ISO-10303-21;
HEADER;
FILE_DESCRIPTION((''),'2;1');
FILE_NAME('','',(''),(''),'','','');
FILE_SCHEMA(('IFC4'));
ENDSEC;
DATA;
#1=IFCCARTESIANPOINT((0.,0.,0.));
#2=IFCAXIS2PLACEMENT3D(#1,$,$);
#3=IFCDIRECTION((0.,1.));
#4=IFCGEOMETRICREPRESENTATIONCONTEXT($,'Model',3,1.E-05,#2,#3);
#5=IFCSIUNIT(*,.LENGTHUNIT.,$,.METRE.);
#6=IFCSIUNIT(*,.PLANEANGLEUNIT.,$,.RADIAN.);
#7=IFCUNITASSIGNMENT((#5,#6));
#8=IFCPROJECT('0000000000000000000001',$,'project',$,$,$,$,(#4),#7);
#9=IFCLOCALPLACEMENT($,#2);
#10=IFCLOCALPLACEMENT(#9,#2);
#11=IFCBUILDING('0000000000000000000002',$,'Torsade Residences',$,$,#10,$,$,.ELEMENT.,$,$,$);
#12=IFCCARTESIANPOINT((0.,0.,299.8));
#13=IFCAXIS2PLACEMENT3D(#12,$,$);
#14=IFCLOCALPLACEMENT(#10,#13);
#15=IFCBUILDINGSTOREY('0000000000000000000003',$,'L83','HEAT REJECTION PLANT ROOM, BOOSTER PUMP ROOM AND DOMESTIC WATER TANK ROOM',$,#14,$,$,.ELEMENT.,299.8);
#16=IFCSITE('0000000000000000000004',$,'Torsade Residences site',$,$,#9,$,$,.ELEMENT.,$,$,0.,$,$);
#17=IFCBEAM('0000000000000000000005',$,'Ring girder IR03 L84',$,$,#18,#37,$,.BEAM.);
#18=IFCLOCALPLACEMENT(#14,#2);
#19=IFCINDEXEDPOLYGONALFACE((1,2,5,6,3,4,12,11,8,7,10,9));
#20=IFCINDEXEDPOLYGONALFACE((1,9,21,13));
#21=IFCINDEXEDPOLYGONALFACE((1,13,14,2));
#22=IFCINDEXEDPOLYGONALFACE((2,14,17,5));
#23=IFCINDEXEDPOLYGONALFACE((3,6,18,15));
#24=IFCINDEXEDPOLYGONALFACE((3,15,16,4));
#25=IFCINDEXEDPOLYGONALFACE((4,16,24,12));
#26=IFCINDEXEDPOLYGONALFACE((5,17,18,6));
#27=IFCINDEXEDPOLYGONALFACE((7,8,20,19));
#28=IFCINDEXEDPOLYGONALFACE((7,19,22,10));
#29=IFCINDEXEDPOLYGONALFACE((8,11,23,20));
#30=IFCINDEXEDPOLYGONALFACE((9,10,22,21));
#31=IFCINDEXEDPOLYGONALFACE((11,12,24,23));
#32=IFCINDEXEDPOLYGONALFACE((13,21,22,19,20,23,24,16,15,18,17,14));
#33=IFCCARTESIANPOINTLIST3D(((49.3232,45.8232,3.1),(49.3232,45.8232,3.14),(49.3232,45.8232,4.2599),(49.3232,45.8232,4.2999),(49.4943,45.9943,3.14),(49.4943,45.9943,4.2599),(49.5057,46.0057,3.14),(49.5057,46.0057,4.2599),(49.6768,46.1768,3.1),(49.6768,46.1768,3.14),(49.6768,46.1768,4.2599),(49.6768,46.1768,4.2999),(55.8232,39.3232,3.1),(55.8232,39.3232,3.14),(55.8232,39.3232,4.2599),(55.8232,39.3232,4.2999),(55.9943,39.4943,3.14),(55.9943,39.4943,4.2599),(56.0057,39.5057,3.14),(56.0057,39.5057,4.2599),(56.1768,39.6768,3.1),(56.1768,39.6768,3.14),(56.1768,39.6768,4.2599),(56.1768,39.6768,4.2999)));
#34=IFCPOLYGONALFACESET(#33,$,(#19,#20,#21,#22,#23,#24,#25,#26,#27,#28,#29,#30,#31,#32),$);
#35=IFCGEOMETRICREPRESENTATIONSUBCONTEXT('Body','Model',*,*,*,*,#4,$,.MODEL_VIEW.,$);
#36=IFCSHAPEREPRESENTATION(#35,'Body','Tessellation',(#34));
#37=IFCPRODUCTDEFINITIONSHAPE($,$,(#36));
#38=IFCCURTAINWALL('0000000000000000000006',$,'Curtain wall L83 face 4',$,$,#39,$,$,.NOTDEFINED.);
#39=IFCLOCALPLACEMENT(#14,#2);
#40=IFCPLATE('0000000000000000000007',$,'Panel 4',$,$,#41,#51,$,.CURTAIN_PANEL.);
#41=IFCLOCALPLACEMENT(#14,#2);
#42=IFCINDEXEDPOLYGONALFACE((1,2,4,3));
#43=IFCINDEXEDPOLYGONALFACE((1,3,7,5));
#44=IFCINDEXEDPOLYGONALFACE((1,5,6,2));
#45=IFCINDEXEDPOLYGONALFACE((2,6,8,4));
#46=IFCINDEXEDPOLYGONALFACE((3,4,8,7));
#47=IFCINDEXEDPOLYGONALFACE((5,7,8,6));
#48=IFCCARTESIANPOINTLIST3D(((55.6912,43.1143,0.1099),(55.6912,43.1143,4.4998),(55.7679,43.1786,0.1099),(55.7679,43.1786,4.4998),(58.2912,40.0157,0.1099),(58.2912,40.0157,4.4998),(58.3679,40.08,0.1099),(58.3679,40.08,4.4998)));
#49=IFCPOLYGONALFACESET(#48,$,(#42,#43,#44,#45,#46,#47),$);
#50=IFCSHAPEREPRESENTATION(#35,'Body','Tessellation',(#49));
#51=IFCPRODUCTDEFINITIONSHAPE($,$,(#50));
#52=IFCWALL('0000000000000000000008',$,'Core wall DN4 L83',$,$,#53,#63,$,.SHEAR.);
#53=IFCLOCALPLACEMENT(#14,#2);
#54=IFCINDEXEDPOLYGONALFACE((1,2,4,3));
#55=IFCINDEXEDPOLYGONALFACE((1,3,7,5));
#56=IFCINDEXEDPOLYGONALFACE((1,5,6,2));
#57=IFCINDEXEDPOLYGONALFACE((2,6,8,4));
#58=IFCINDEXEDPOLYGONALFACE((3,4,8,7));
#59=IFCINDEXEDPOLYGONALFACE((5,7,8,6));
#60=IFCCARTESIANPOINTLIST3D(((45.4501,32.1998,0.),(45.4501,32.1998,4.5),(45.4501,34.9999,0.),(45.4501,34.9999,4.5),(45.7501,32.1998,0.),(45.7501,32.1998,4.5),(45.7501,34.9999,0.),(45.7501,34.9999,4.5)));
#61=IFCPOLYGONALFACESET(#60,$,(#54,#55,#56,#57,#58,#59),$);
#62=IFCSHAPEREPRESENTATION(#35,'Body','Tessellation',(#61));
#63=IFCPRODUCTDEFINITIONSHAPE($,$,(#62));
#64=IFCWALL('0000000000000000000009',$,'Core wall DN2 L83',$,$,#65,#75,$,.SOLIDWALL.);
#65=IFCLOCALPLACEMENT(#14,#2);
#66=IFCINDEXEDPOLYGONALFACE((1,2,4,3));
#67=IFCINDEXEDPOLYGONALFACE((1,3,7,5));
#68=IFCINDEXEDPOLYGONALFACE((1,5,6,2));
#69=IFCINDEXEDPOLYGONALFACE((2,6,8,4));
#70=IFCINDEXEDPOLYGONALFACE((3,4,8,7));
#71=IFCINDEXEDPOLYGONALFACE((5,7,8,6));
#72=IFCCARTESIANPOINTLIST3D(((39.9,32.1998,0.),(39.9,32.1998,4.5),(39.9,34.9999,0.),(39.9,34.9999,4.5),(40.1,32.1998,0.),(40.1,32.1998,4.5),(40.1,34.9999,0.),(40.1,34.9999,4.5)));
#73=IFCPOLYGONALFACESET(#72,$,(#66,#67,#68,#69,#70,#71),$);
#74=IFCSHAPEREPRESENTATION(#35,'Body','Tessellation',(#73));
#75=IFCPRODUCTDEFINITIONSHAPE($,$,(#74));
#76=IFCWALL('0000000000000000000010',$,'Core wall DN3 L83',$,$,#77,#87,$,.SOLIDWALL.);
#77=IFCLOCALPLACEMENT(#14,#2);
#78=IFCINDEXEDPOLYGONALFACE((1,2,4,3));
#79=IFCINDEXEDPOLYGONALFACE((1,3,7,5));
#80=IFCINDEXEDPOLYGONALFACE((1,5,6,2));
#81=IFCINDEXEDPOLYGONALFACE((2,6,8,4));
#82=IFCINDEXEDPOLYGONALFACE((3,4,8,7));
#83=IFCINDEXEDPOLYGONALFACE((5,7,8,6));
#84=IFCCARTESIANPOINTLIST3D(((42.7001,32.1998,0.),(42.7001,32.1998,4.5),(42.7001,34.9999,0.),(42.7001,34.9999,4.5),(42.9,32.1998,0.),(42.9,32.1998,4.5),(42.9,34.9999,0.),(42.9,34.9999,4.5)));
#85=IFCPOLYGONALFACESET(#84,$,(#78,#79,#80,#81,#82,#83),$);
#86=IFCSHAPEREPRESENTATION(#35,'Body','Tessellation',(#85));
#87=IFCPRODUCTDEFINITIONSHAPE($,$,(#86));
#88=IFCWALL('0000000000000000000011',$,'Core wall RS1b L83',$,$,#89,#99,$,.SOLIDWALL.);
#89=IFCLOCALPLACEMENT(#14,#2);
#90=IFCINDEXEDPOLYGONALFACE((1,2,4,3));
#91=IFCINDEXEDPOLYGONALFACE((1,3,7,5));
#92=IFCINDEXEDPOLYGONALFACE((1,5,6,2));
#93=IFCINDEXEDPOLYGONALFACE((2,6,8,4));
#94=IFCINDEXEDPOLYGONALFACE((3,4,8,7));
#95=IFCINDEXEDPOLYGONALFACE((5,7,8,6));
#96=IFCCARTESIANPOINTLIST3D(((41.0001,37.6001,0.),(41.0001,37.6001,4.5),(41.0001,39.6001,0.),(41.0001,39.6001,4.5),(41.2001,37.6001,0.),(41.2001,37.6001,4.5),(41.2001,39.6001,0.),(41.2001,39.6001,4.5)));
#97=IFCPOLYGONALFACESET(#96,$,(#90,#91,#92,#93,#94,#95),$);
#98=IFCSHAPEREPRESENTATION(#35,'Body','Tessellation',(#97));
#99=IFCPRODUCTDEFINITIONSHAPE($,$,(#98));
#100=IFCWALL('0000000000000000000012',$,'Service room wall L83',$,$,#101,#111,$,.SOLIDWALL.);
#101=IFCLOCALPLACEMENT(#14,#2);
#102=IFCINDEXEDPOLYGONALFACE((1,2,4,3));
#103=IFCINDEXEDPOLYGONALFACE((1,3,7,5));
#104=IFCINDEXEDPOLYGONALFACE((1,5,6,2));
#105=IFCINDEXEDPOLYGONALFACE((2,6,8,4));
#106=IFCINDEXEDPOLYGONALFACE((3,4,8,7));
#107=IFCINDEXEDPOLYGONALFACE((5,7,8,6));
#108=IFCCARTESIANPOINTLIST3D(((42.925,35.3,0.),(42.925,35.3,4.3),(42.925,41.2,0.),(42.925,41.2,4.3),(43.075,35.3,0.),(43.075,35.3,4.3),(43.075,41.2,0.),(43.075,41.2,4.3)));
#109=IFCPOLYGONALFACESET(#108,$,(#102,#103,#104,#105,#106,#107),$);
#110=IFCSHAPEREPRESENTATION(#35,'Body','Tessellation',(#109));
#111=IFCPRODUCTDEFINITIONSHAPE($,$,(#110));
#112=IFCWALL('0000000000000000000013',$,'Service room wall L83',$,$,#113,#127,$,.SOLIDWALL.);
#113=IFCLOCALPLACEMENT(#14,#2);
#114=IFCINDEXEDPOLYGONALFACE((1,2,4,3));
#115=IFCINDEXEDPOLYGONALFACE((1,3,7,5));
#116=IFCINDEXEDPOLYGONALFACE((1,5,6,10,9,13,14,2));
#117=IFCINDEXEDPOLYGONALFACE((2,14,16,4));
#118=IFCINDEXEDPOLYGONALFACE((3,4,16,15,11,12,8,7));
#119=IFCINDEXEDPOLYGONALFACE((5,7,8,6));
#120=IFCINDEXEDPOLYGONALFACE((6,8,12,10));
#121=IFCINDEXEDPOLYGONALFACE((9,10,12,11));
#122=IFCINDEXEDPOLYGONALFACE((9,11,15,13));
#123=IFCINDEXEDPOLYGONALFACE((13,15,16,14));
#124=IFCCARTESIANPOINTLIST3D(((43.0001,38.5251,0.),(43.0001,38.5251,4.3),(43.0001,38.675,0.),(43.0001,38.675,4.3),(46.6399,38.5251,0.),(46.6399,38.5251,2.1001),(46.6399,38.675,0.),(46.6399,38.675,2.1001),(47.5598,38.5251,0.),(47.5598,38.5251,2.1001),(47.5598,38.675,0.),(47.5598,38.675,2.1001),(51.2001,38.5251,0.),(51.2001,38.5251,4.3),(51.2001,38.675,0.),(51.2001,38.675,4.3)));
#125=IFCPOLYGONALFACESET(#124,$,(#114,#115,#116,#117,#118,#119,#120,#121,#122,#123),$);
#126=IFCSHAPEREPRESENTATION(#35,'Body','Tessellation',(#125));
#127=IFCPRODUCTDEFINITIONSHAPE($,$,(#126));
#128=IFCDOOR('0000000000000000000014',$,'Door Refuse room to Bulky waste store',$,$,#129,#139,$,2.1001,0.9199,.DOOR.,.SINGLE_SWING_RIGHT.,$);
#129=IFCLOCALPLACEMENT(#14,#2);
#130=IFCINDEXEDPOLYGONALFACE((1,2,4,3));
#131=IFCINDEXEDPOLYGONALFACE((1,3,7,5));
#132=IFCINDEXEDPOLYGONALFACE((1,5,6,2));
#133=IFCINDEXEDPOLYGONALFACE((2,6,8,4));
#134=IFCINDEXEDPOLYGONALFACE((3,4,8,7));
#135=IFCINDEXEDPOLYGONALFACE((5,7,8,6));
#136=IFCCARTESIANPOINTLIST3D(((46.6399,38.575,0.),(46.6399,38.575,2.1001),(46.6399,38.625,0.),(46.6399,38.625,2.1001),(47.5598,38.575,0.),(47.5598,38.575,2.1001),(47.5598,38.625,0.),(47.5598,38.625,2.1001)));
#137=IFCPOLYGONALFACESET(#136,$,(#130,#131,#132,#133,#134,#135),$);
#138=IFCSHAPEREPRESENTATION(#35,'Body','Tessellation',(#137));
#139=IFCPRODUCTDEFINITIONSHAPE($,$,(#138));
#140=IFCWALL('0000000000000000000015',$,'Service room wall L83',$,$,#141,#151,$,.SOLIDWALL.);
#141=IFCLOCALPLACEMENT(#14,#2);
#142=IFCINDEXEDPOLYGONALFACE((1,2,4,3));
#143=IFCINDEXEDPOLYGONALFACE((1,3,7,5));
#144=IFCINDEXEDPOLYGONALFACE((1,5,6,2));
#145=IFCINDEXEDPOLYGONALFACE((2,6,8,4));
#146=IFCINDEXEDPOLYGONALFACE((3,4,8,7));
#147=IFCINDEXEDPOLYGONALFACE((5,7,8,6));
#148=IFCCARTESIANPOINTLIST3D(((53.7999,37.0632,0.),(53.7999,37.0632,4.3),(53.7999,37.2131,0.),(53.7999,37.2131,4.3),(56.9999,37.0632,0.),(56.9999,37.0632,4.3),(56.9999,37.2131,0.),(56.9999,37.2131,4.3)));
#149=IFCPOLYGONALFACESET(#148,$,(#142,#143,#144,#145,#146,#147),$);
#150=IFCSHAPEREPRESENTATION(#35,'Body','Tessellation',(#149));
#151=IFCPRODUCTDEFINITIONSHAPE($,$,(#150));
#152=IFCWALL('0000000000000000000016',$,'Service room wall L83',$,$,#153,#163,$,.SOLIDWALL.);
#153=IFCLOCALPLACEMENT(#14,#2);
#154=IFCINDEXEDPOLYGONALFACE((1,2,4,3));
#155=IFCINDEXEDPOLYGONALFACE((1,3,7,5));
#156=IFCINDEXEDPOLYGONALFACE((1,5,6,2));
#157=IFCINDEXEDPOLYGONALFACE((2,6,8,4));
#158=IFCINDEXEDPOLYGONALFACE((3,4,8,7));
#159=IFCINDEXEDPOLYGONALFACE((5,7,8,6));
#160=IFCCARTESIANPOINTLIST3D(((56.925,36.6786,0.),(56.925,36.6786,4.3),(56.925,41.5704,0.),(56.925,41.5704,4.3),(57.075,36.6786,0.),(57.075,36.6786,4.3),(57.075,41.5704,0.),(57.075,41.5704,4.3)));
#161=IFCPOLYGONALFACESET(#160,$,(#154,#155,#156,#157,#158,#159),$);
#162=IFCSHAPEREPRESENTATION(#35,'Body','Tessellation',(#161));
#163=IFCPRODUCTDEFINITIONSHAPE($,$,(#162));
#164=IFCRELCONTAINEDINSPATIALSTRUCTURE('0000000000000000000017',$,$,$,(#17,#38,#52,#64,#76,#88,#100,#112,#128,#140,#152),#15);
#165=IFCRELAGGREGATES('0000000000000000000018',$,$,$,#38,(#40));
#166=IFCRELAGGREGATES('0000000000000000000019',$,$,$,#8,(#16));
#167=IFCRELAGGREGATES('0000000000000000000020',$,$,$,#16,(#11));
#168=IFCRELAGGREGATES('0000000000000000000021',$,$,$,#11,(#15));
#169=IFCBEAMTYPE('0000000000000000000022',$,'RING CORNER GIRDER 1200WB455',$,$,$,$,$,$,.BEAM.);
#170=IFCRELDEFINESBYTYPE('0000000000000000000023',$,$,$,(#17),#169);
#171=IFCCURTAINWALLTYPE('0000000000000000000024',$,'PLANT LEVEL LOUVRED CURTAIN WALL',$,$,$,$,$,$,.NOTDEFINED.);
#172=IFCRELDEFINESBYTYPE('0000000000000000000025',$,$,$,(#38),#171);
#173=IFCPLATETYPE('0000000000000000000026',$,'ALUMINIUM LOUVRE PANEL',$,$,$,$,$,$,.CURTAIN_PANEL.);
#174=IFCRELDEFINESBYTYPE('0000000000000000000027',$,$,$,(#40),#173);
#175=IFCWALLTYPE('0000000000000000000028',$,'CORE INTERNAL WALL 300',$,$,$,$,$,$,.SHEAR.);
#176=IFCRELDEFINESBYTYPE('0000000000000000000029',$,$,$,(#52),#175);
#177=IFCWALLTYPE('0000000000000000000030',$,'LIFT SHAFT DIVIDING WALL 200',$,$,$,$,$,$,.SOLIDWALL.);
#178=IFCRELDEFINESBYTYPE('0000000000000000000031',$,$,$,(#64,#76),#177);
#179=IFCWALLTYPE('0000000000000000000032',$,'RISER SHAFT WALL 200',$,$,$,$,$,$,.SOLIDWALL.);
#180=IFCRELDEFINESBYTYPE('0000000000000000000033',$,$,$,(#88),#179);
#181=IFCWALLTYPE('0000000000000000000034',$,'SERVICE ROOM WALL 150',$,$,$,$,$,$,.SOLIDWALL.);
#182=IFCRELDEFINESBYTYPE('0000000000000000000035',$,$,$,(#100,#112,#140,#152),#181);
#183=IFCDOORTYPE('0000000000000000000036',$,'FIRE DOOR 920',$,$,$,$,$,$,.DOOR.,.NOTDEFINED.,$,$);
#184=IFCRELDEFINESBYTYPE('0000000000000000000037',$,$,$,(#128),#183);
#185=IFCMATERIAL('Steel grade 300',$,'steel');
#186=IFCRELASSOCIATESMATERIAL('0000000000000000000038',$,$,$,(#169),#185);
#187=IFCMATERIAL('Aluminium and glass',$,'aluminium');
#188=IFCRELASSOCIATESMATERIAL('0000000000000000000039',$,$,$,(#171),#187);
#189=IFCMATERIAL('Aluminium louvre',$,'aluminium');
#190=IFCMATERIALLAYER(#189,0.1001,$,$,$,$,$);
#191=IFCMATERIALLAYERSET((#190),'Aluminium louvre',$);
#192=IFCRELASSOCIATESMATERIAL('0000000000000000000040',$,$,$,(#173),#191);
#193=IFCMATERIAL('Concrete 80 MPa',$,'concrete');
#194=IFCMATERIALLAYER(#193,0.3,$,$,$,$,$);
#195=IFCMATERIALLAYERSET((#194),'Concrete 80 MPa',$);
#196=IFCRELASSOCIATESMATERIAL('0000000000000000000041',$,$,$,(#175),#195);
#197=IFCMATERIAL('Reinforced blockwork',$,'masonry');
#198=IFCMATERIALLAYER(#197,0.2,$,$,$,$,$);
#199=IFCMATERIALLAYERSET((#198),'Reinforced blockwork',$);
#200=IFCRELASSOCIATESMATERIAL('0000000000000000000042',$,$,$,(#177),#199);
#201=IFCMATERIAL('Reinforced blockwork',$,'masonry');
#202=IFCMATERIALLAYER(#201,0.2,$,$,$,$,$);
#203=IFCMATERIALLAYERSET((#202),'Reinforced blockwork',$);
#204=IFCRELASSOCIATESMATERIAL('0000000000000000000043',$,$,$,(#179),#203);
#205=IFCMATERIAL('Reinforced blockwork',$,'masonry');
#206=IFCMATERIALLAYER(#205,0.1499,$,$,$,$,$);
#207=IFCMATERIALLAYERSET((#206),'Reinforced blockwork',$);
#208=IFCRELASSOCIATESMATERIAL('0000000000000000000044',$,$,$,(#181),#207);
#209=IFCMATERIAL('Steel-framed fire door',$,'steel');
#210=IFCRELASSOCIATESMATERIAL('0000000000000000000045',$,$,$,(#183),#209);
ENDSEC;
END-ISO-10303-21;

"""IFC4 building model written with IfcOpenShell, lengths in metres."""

from ifc_helpers import new_model, si_unit, direction, frame, frame_2d, origin, origin_2d, place, context, subcontext, project, spatial, rectangle, i_section, extrude, material, layer, layer_set, material_profile, profile_set, type_object, element, fill, aggregate, save


model = new_model("IFC4")

# Units and contexts
model_context = context("Model", 3, precision=1e-05, world=origin(), true_north=direction((0.0, 1.0)))
body_context = subcontext(model_context, "Body", "Model", "MODEL_VIEW")
ifc_project = project(units=[si_unit("LENGTHUNIT", "METRE"), si_unit("PLANEANGLEUNIT", "RADIAN")], contexts=[model_context])

# Site, building, storey
site_placement = place(None, origin())
site = spatial("IfcSite", under=ifc_project, at=site_placement, Name="Torsade Residences site", CompositionType="ELEMENT", RefElevation=0.0)
building_placement = place(site_placement, origin())
building = spatial("IfcBuilding", under=site, at=building_placement, Name="Torsade Residences", CompositionType="ELEMENT")
storey_placement = place(building_placement, frame((0.0, 0.0, 299.8)))
storey = spatial("IfcBuildingStorey", under=building, at=storey_placement, Name="L83", Description="HEAT REJECTION PLANT ROOM, BOOSTER PUMP ROOM AND DOMESTIC WATER TANK ROOM", CompositionType="ELEMENT", Elevation=299.8)

# Beam
ifc_material_1 = material(Name="Steel grade 300", Category="steel")
ifc_material_profile_1 = material_profile(ifc_material_1, i_section(OverallWidth=0.5, OverallDepth=1.2, WebThickness=0.0161, FlangeThickness=0.04, at=origin_2d()), Name="1200WB455")
ifc_profile_set_1 = profile_set([ifc_material_profile_1], Name="Steel grade 300")
beam_type_1 = type_object("IfcBeamType", Name="RING CORNER GIRDER 1200WB455", PredefinedType="BEAM", material=ifc_profile_set_1)
beam_1_placement = place(storey_placement, frame((56.0, 39.5, 3.7), z_axis=(-0.707107, 0.707107, 0.0), x_axis=(-0.707107, -0.707107, 0.0)))
element("IfcBeam", 1, at=beam_1_placement, inside=storey, type_object=beam_type_1, Name="Ring girder IR03 L84", PredefinedType="BEAM", context=body_context, shape_type="SweptSolid", body=[
    extrude(i_section(OverallWidth=0.5, OverallDepth=1.2, WebThickness=0.0161, FlangeThickness=0.04, at=origin_2d()), origin(), (0.0, 0.0, 1.0), 9.1924),
])

# Curtain wall, plate
ifc_material_2 = material(Name="Aluminium and glass", Category="aluminium")
curtain_wall_type = type_object("IfcCurtainWallType", Name="PLANT LEVEL LOUVRED CURTAIN WALL", PredefinedType="NOTDEFINED", material=ifc_material_2)
curtain_wall_placement = place(storey_placement, origin())
curtain_wall = element("IfcCurtainWall", 2, at=curtain_wall_placement, inside=storey, type_object=curtain_wall_type, Name="Curtain wall L83 face 4", PredefinedType="NOTDEFINED")
ifc_material_3 = material(Name="Aluminium louvre", Category="aluminium")
ifc_layer_1 = layer(ifc_material_3, 0.1001)
ifc_layer_set_1 = layer_set([ifc_layer_1], Name="Aluminium louvre")
plate_type = type_object("IfcPlateType", Name="ALUMINIUM LOUVRE PANEL", PredefinedType="CURTAIN_PANEL", material=ifc_layer_set_1)
plate_placement = place(storey_placement, frame((57.0295, 41.5972, 0.1099), z_axis=(0.0, 0.0, 1.0), x_axis=(-0.642788, 0.766044, 0.0)))
plate = element("IfcPlate", 3, at=plate_placement, type_object=plate_type, Name="Panel 4", PredefinedType="CURTAIN_PANEL", context=body_context, shape_type="SweptSolid", body=[
    extrude(rectangle(XDim=4.0449, YDim=0.1001, at=origin_2d()), origin(), (0.0, 0.0, 1.0), 4.3899),
])
aggregate(curtain_wall, [plate])

# Walls
ifc_material_4 = material(Name="Concrete 80 MPa", Category="concrete")
ifc_layer_2 = layer(ifc_material_4, 0.3)
ifc_layer_set_2 = layer_set([ifc_layer_2], Name="Concrete 80 MPa")
wall_type_1 = type_object("IfcWallType", Name="CORE INTERNAL WALL 300", PredefinedType="SHEAR", material=ifc_layer_set_2)
wall_1_placement = place(storey_placement, frame((45.6001, 32.2, 0.0), z_axis=(0.0, 0.0, 1.0), x_axis=(0.0, 1.0, 0.0)))
element("IfcWall", 4, at=wall_1_placement, inside=storey, type_object=wall_type_1, Name="Core wall DN4 L83", PredefinedType="SHEAR", context=body_context, shape_type="SweptSolid", body=[
    extrude(rectangle(XDim=2.8, YDim=0.3, at=frame_2d((1.3999, 0.0))), origin(), (0.0, 0.0, 1.0), 4.5),
])
ifc_material_5 = material(Name="Reinforced blockwork", Category="masonry")
ifc_layer_3 = layer(ifc_material_5, 0.2)
ifc_layer_set_3 = layer_set([ifc_layer_3], Name="Reinforced blockwork")
wall_type_2 = type_object("IfcWallType", Name="LIFT SHAFT DIVIDING WALL 200", PredefinedType="SOLIDWALL", material=ifc_layer_set_3)
for number, where, z_axis, x_axis, name in (
    (5, (40.0, 32.2, 0.0), (0.0, 0.0, 1.0), (0.0, 1.0, 0.0), "Core wall DN2 L83"),
    (6, (42.8, 32.2, 0.0), (0.0, 0.0, 1.0), (0.0, 1.0, 0.0), "Core wall DN3 L83"),
):
    element("IfcWall", number, at=place(storey_placement, frame(where, z_axis=z_axis, x_axis=x_axis)), inside=storey, type_object=wall_type_2, Name=name, PredefinedType="SOLIDWALL", context=body_context, shape_type="SweptSolid", body=[
        extrude(rectangle(XDim=2.8, YDim=0.2, at=frame_2d((1.3999, 0.0))), origin(), (0.0, 0.0, 1.0), 4.5),
    ])
ifc_material_6 = material(Name="Reinforced blockwork", Category="masonry")
ifc_layer_4 = layer(ifc_material_6, 0.2)
ifc_layer_set_4 = layer_set([ifc_layer_4], Name="Reinforced blockwork")
wall_type_3 = type_object("IfcWallType", Name="RISER SHAFT WALL 200", PredefinedType="SOLIDWALL", material=ifc_layer_set_4)
wall_2_placement = place(storey_placement, frame((41.1001, 37.6001, 0.0), z_axis=(0.0, 0.0, 1.0), x_axis=(0.0, 1.0, 0.0)))
element("IfcWall", 7, at=wall_2_placement, inside=storey, type_object=wall_type_3, Name="Core wall RS1b L83", PredefinedType="SOLIDWALL", context=body_context, shape_type="SweptSolid", body=[
    extrude(rectangle(XDim=2.0, YDim=0.2, at=frame_2d((1.0, 0.0))), origin(), (0.0, 0.0, 1.0), 4.5),
])
ifc_material_7 = material(Name="Reinforced blockwork", Category="masonry")
ifc_layer_5 = layer(ifc_material_7, 0.1499)
ifc_layer_set_5 = layer_set([ifc_layer_5], Name="Reinforced blockwork")
wall_type_4 = type_object("IfcWallType", Name="SERVICE ROOM WALL 150", PredefinedType="SOLIDWALL", material=ifc_layer_set_5)
wall_3_placement = place(storey_placement, frame((43.0, 41.2, 0.0), z_axis=(0.0, 0.0, 1.0), x_axis=(0.0, -1.0, 0.0)))
element("IfcWall", 8, at=wall_3_placement, inside=storey, type_object=wall_type_4, Name="Service room wall L83", PredefinedType="SOLIDWALL", context=body_context, shape_type="SweptSolid", body=[
    extrude(rectangle(XDim=5.8999, YDim=0.1499, at=frame_2d((2.95, 0.0))), origin(), (0.0, 0.0, 1.0), 4.3),
])

# Wall, opening, door
wall_4_placement = place(storey_placement, frame((43.0, 38.6001, 0.0), z_axis=(0.0, 0.0, 1.0), x_axis=(1.0, 0.0, 0.0)))
wall_4 = element("IfcWall", 9, at=wall_4_placement, inside=storey, type_object=wall_type_4, Name="Service room wall L83", PredefinedType="SOLIDWALL", context=body_context, shape_type="SweptSolid", body=[
    extrude(rectangle(XDim=8.2, YDim=0.1499, at=frame_2d((4.1001, 0.0))), origin(), (0.0, 0.0, 1.0), 4.3),
])
opening_1_placement = place(wall_4_placement, frame((3.6399, 0.0, 0.0)))
opening_1 = element("IfcOpeningElement", 10, at=opening_1_placement, cuts=wall_4, PredefinedType="OPENING", context=body_context, shape_type="SweptSolid", body=[
    extrude(rectangle(XDim=0.9199, YDim=2.1001, at=frame_2d((0.46, 1.05))), frame((0.0, 0.085, 0.0), z_axis=(0.0, -1.0, 0.0), x_axis=(1.0, 0.0, 0.0)), (0.0, 0.0, 1.0), 0.1699),
])
ifc_material_8 = material(Name="Steel-framed fire door", Category="steel")
door_type = type_object("IfcDoorType", Name="FIRE DOOR 920", OperationType="NOTDEFINED", PredefinedType="DOOR", material=ifc_material_8)
door_1_placement = place(opening_1_placement, origin())
door_1 = element("IfcDoor", 11, at=door_1_placement, inside=storey, type_object=door_type, Name="Door Refuse room to Bulky waste store", OperationType="SINGLE_SWING_RIGHT", OverallHeight=2.1001, OverallWidth=0.9199, PredefinedType="DOOR", context=body_context, shape_type="SweptSolid", body=[
    extrude(rectangle(XDim=0.9199, YDim=2.1001, at=frame_2d((0.46, 1.05))), frame((0.0, 0.0249, 0.0), z_axis=(0.0, -1.0, 0.0), x_axis=(1.0, 0.0, 0.0)), (0.0, 0.0, 1.0), 0.05),
])
fill(opening_1, door_1)

# Walls
wall_5_placement = place(storey_placement, frame((57.0, 37.1382, 0.0), z_axis=(0.0, 0.0, 1.0), x_axis=(-1.0, 0.0, 0.0)))
element("IfcWall", 12, at=wall_5_placement, inside=storey, type_object=wall_type_4, Name="Service room wall L83", PredefinedType="SOLIDWALL", context=body_context, shape_type="SweptSolid", body=[
    extrude(rectangle(XDim=3.2, YDim=0.1499, at=frame_2d((1.6001, 0.0))), origin(), (0.0, 0.0, 1.0), 4.3),
])
wall_6_placement = place(storey_placement, frame((57.0, 41.5703, 0.0), z_axis=(0.0, 0.0, 1.0), x_axis=(0.0, -1.0, 0.0)))
element("IfcWall", 13, at=wall_6_placement, inside=storey, type_object=wall_type_4, Name="Service room wall L83", PredefinedType="SOLIDWALL", context=body_context, shape_type="SweptSolid", body=[
    extrude(rectangle(XDim=4.8918, YDim=0.1499, at=frame_2d((2.4458, 0.0))), origin(), (0.0, 0.0, 1.0), 4.3),
])

save(model, "model.ifc")
